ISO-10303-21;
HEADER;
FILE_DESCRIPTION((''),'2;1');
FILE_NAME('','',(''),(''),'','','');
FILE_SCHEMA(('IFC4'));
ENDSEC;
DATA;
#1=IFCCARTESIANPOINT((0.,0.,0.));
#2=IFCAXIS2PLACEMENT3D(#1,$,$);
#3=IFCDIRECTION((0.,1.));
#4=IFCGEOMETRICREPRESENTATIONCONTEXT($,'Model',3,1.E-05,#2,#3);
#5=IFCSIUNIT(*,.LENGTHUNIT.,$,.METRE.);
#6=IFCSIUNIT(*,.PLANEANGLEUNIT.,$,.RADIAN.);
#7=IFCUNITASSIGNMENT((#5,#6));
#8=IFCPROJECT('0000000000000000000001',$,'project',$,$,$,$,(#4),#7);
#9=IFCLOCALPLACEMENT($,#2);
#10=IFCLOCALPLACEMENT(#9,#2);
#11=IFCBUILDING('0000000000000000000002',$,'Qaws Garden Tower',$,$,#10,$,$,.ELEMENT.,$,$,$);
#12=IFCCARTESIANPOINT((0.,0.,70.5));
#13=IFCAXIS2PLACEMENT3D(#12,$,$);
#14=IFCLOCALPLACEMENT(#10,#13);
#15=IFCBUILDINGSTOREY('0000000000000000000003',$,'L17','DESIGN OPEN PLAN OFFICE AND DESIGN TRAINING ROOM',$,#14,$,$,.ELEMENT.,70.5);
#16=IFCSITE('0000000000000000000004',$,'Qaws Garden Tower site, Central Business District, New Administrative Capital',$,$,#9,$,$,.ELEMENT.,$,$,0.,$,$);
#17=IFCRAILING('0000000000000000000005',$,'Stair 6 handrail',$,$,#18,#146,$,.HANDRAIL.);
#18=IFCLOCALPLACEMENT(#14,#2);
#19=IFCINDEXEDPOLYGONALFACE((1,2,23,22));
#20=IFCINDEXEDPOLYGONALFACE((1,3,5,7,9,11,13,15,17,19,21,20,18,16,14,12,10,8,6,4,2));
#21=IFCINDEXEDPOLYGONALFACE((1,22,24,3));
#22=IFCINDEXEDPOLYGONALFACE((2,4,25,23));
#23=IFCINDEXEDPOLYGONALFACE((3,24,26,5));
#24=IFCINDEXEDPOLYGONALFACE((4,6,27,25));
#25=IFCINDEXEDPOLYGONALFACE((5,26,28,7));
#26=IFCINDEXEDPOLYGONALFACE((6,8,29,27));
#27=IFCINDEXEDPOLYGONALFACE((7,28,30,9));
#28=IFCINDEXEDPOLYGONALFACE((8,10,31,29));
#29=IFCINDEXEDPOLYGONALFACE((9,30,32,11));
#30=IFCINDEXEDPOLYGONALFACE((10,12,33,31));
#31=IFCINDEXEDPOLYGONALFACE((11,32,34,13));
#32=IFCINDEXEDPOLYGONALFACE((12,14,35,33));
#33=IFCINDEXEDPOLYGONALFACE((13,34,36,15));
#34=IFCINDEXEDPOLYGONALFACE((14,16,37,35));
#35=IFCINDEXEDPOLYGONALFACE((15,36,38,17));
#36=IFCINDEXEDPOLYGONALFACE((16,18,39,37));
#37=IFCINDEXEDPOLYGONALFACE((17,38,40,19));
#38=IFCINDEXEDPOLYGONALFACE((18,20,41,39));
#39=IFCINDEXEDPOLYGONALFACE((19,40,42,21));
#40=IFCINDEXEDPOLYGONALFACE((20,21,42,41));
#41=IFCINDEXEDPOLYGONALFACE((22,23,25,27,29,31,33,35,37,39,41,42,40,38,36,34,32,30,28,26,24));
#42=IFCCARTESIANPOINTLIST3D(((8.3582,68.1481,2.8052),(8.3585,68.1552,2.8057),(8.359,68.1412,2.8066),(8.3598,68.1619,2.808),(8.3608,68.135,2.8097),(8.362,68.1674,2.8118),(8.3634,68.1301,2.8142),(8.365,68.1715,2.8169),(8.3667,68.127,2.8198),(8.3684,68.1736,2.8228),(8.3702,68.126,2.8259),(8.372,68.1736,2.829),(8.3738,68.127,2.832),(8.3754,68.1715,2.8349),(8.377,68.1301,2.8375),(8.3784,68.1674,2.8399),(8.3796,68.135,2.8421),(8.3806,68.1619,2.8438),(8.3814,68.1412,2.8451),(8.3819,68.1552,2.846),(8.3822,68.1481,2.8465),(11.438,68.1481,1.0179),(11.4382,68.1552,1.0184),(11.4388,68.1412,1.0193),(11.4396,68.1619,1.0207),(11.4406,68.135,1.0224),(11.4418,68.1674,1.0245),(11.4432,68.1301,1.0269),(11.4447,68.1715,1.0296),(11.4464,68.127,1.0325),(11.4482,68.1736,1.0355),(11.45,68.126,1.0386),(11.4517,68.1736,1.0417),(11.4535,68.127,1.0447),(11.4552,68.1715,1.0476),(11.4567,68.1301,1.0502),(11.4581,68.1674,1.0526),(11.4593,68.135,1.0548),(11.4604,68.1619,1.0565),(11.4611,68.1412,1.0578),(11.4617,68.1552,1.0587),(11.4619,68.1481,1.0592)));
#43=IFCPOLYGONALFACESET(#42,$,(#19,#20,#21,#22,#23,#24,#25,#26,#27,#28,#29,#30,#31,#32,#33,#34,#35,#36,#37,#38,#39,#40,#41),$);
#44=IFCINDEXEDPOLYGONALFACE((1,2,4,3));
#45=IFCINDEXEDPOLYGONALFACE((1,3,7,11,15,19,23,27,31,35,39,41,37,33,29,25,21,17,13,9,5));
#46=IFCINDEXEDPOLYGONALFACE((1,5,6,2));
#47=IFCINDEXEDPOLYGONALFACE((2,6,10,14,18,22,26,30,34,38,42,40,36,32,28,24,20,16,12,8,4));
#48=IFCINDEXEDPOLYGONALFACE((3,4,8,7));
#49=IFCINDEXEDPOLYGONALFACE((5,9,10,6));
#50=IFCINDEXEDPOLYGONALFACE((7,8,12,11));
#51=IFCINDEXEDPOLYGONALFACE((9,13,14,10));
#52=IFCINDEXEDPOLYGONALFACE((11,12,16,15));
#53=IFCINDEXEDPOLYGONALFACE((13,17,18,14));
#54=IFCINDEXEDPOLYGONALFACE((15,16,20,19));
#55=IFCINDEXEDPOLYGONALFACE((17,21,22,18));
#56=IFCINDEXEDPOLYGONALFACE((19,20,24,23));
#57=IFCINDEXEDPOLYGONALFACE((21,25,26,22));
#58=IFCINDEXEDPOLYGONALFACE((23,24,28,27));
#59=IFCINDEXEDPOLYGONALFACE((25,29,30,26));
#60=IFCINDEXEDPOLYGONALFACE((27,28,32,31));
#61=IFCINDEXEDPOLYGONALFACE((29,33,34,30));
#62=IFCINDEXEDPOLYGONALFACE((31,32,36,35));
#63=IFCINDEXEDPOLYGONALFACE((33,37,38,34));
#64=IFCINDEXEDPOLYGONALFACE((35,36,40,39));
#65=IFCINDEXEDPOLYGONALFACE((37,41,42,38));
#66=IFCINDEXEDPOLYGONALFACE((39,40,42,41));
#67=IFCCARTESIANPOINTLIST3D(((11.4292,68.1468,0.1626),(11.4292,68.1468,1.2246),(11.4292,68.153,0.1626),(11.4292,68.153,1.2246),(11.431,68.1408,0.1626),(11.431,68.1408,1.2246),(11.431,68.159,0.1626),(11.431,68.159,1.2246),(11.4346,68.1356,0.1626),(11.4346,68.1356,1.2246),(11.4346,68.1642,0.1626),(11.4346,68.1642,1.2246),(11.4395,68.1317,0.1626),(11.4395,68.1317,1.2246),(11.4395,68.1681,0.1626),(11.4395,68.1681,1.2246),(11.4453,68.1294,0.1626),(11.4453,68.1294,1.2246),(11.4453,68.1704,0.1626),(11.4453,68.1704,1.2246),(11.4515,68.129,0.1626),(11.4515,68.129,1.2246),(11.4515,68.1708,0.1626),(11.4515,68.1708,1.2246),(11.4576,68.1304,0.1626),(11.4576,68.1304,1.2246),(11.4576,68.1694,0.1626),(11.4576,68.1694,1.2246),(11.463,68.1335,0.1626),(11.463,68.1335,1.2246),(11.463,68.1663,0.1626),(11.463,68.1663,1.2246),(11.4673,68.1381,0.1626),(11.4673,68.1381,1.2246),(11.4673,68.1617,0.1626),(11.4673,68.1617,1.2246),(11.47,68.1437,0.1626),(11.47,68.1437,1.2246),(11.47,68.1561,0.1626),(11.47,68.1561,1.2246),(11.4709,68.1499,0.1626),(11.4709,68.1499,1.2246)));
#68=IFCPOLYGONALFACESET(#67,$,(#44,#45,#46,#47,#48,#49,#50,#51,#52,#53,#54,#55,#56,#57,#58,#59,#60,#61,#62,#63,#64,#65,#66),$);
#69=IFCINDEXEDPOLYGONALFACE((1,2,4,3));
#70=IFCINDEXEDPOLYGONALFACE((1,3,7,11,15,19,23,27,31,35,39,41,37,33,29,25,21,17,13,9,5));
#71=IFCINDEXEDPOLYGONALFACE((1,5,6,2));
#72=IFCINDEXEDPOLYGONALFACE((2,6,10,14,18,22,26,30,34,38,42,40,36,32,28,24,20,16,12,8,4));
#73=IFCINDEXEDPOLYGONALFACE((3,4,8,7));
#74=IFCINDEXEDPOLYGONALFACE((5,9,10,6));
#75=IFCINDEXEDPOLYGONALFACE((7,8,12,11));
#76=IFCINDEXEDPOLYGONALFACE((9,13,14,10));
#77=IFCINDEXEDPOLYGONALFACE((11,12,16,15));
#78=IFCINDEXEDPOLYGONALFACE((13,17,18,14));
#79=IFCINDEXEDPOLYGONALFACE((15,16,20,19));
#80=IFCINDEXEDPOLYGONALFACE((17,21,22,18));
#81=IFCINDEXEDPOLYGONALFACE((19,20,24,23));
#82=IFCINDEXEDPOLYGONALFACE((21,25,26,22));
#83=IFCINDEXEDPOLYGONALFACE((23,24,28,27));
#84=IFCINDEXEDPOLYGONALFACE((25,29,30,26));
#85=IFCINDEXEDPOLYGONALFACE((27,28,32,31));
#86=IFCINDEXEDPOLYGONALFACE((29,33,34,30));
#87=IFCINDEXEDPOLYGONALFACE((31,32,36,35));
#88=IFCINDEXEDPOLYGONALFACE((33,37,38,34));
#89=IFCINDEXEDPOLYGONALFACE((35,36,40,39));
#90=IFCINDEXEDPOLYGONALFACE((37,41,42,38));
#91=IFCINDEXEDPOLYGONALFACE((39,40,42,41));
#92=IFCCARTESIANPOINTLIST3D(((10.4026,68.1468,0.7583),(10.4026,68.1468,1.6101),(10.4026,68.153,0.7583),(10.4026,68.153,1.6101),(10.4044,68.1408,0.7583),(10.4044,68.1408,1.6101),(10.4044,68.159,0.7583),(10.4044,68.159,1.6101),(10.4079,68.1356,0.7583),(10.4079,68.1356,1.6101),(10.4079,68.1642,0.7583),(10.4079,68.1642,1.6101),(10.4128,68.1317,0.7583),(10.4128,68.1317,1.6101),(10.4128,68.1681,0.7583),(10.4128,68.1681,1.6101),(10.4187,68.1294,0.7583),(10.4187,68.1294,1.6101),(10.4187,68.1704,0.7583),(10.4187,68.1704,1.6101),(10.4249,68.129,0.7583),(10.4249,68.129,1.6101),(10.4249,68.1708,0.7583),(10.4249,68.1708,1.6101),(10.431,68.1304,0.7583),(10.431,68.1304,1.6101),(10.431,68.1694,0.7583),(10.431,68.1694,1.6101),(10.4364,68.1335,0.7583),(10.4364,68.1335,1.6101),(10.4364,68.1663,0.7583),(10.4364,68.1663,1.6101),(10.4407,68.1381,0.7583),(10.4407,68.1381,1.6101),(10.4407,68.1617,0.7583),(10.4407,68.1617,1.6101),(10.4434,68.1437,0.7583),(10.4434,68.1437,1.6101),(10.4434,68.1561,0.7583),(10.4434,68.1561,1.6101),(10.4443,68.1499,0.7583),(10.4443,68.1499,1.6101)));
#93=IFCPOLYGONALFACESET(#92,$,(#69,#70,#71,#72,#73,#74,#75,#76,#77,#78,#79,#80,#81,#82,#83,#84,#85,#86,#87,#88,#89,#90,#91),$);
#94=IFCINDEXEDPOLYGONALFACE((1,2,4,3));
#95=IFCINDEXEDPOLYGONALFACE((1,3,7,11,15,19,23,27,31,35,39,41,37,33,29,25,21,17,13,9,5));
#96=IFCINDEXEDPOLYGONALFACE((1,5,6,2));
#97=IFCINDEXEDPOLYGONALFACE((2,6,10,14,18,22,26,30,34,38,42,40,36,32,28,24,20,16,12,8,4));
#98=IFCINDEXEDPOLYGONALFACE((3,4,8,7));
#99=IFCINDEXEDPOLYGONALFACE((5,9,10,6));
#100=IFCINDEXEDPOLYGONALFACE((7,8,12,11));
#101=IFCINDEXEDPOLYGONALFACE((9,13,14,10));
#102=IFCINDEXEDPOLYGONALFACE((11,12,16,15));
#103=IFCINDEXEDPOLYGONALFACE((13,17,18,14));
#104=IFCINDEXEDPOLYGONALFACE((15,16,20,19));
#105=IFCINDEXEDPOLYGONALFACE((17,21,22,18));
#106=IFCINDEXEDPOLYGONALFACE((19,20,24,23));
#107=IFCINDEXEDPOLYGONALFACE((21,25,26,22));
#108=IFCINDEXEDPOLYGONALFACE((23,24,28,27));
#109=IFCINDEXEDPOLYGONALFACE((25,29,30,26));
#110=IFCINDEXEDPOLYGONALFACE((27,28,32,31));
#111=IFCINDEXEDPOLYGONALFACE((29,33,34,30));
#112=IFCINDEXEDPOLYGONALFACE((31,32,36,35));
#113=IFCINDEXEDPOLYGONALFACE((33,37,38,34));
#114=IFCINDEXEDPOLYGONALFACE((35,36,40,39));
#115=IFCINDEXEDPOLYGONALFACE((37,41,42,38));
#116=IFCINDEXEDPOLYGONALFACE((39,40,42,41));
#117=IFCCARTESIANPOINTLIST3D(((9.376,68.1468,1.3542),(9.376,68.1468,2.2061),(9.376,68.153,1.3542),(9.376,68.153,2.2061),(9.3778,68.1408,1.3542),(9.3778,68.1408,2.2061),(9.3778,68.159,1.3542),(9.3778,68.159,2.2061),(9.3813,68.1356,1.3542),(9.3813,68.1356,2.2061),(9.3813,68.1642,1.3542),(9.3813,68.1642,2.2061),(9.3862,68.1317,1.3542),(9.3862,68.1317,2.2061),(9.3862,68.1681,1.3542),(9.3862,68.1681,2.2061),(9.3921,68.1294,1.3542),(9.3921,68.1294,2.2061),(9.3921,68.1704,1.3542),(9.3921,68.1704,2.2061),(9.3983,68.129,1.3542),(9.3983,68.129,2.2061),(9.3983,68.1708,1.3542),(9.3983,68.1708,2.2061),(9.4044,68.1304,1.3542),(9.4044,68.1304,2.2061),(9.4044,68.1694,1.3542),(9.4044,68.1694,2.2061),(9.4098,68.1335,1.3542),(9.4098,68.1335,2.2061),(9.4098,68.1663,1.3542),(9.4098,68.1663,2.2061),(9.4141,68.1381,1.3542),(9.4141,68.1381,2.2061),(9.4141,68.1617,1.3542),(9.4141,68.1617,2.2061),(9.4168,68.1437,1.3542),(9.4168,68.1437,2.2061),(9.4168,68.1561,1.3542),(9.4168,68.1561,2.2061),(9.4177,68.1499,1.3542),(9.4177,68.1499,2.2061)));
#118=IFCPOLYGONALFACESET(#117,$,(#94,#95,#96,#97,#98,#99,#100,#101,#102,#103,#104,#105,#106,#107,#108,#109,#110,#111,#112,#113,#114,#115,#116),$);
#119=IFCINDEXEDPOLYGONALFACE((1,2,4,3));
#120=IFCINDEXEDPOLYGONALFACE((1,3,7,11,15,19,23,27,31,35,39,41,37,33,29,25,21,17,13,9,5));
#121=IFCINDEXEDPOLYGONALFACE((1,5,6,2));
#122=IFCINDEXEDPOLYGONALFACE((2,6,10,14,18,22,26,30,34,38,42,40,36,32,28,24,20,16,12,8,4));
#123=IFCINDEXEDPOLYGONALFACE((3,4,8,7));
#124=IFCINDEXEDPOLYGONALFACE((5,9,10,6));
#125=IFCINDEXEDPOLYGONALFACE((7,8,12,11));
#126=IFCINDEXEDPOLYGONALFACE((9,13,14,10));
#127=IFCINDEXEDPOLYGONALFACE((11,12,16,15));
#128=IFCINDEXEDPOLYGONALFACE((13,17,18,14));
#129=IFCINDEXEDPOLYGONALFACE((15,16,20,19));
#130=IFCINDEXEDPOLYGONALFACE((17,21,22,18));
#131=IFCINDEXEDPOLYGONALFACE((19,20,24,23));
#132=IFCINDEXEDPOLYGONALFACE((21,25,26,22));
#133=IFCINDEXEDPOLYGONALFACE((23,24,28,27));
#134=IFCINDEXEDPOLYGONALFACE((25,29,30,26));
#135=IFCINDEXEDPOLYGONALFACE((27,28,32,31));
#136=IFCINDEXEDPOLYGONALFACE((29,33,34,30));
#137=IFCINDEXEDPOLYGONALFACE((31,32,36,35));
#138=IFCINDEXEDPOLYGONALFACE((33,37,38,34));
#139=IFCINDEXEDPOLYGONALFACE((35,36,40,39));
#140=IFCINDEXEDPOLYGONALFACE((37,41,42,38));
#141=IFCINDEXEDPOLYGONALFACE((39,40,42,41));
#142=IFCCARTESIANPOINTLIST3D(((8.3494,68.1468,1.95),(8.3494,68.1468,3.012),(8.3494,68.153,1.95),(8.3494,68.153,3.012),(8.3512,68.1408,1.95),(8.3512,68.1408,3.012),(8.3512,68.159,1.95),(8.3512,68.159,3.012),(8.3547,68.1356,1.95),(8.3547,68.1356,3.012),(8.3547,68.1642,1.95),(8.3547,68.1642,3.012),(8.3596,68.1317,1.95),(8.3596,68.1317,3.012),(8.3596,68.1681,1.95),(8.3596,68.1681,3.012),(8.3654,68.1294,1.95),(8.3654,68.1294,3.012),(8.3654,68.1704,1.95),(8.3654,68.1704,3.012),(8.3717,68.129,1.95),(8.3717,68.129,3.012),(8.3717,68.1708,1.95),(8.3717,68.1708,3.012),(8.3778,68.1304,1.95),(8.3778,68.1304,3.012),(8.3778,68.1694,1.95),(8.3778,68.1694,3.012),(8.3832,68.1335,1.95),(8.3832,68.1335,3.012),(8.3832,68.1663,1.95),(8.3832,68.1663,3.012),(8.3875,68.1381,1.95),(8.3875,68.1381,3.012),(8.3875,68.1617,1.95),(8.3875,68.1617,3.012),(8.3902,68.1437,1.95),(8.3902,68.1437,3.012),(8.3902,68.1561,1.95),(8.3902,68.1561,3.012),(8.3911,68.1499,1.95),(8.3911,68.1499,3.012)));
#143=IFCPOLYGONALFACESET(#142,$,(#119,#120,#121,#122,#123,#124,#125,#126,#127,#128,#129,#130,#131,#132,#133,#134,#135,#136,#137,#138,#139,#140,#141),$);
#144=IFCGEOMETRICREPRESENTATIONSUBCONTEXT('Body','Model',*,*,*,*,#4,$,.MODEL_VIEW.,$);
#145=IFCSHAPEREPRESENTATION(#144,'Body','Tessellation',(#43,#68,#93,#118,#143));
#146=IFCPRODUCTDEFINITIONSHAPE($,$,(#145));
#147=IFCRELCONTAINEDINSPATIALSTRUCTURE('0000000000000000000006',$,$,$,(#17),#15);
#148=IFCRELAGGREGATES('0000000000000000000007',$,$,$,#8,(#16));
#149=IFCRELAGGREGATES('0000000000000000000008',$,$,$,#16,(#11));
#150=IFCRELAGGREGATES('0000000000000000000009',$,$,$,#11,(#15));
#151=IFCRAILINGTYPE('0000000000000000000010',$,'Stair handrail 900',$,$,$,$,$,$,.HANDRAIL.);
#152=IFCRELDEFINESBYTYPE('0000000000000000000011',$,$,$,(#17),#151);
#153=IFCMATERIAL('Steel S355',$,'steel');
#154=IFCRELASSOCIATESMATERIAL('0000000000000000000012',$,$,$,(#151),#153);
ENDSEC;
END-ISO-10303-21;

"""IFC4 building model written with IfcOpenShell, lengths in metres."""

from ifc_helpers import new_model, si_unit, direction, frame, origin, origin_2d, place, context, subcontext, project, spatial, circle, extrude, material, type_object, element, save


model = new_model("IFC4")

# Units and contexts
model_context = context("Model", 3, precision=1e-05, world=origin(), true_north=direction((0.0, 1.0)))
body_context = subcontext(model_context, "Body", "Model", "MODEL_VIEW")
ifc_project = project(units=[si_unit("LENGTHUNIT", "METRE"), si_unit("PLANEANGLEUNIT", "RADIAN")], contexts=[model_context])

# Site, building, storey
site_placement = place(None, origin())
site = spatial("IfcSite", under=ifc_project, at=site_placement, Name="Qaws Garden Tower site, Central Business District, New Administrative Capital", CompositionType="ELEMENT", RefElevation=0.0)
building_placement = place(site_placement, origin())
building = spatial("IfcBuilding", under=site, at=building_placement, Name="Qaws Garden Tower", CompositionType="ELEMENT")
storey_placement = place(building_placement, frame((0.0, 0.0, 70.5)))
storey = spatial("IfcBuildingStorey", under=building, at=storey_placement, Name="L17", Description="DESIGN OPEN PLAN OFFICE AND DESIGN TRAINING ROOM", CompositionType="ELEMENT", Elevation=70.5)

# Railing
ifc_material_1 = material(Name="Steel S355", Category="steel")
railing_type = type_object("IfcRailingType", Name="Stair handrail 900", PredefinedType="HANDRAIL", material=ifc_material_1)
railing_1_placement = place(storey_placement, frame((11.45, 68.1499, 0.1626)))
element("IfcRailing", 1, at=railing_1_placement, inside=storey, type_object=railing_type, Name="Stair 6 handrail", PredefinedType="HANDRAIL", context=body_context, shape_type="SweptSolid", body=[
    extrude(circle(Radius=0.0239, at=origin_2d()), frame((0.0, 0.0, 0.876), z_axis=(-0.864903, 0.0, 0.501939), x_axis=(0.0, -1.0, 0.0)), (0.0, 0.0, 1.0), 3.5608),
    extrude(circle(Radius=0.021, at=origin_2d()), origin(), (0.0, 0.0, 1.0), 1.062),
    extrude(circle(Radius=0.021, at=origin_2d()), frame((-1.0266, 0.0, 0.5957)), (0.0, 0.0, 1.0), 0.8518),
    extrude(circle(Radius=0.021, at=origin_2d()), frame((-2.0532, 0.0, 1.1917)), (0.0, 0.0, 1.0), 0.8518),
    extrude(circle(Radius=0.021, at=origin_2d()), frame((-3.0798, 0.0, 1.7874)), (0.0, 0.0, 1.0), 1.062),
])

save(model, "model.ifc")
